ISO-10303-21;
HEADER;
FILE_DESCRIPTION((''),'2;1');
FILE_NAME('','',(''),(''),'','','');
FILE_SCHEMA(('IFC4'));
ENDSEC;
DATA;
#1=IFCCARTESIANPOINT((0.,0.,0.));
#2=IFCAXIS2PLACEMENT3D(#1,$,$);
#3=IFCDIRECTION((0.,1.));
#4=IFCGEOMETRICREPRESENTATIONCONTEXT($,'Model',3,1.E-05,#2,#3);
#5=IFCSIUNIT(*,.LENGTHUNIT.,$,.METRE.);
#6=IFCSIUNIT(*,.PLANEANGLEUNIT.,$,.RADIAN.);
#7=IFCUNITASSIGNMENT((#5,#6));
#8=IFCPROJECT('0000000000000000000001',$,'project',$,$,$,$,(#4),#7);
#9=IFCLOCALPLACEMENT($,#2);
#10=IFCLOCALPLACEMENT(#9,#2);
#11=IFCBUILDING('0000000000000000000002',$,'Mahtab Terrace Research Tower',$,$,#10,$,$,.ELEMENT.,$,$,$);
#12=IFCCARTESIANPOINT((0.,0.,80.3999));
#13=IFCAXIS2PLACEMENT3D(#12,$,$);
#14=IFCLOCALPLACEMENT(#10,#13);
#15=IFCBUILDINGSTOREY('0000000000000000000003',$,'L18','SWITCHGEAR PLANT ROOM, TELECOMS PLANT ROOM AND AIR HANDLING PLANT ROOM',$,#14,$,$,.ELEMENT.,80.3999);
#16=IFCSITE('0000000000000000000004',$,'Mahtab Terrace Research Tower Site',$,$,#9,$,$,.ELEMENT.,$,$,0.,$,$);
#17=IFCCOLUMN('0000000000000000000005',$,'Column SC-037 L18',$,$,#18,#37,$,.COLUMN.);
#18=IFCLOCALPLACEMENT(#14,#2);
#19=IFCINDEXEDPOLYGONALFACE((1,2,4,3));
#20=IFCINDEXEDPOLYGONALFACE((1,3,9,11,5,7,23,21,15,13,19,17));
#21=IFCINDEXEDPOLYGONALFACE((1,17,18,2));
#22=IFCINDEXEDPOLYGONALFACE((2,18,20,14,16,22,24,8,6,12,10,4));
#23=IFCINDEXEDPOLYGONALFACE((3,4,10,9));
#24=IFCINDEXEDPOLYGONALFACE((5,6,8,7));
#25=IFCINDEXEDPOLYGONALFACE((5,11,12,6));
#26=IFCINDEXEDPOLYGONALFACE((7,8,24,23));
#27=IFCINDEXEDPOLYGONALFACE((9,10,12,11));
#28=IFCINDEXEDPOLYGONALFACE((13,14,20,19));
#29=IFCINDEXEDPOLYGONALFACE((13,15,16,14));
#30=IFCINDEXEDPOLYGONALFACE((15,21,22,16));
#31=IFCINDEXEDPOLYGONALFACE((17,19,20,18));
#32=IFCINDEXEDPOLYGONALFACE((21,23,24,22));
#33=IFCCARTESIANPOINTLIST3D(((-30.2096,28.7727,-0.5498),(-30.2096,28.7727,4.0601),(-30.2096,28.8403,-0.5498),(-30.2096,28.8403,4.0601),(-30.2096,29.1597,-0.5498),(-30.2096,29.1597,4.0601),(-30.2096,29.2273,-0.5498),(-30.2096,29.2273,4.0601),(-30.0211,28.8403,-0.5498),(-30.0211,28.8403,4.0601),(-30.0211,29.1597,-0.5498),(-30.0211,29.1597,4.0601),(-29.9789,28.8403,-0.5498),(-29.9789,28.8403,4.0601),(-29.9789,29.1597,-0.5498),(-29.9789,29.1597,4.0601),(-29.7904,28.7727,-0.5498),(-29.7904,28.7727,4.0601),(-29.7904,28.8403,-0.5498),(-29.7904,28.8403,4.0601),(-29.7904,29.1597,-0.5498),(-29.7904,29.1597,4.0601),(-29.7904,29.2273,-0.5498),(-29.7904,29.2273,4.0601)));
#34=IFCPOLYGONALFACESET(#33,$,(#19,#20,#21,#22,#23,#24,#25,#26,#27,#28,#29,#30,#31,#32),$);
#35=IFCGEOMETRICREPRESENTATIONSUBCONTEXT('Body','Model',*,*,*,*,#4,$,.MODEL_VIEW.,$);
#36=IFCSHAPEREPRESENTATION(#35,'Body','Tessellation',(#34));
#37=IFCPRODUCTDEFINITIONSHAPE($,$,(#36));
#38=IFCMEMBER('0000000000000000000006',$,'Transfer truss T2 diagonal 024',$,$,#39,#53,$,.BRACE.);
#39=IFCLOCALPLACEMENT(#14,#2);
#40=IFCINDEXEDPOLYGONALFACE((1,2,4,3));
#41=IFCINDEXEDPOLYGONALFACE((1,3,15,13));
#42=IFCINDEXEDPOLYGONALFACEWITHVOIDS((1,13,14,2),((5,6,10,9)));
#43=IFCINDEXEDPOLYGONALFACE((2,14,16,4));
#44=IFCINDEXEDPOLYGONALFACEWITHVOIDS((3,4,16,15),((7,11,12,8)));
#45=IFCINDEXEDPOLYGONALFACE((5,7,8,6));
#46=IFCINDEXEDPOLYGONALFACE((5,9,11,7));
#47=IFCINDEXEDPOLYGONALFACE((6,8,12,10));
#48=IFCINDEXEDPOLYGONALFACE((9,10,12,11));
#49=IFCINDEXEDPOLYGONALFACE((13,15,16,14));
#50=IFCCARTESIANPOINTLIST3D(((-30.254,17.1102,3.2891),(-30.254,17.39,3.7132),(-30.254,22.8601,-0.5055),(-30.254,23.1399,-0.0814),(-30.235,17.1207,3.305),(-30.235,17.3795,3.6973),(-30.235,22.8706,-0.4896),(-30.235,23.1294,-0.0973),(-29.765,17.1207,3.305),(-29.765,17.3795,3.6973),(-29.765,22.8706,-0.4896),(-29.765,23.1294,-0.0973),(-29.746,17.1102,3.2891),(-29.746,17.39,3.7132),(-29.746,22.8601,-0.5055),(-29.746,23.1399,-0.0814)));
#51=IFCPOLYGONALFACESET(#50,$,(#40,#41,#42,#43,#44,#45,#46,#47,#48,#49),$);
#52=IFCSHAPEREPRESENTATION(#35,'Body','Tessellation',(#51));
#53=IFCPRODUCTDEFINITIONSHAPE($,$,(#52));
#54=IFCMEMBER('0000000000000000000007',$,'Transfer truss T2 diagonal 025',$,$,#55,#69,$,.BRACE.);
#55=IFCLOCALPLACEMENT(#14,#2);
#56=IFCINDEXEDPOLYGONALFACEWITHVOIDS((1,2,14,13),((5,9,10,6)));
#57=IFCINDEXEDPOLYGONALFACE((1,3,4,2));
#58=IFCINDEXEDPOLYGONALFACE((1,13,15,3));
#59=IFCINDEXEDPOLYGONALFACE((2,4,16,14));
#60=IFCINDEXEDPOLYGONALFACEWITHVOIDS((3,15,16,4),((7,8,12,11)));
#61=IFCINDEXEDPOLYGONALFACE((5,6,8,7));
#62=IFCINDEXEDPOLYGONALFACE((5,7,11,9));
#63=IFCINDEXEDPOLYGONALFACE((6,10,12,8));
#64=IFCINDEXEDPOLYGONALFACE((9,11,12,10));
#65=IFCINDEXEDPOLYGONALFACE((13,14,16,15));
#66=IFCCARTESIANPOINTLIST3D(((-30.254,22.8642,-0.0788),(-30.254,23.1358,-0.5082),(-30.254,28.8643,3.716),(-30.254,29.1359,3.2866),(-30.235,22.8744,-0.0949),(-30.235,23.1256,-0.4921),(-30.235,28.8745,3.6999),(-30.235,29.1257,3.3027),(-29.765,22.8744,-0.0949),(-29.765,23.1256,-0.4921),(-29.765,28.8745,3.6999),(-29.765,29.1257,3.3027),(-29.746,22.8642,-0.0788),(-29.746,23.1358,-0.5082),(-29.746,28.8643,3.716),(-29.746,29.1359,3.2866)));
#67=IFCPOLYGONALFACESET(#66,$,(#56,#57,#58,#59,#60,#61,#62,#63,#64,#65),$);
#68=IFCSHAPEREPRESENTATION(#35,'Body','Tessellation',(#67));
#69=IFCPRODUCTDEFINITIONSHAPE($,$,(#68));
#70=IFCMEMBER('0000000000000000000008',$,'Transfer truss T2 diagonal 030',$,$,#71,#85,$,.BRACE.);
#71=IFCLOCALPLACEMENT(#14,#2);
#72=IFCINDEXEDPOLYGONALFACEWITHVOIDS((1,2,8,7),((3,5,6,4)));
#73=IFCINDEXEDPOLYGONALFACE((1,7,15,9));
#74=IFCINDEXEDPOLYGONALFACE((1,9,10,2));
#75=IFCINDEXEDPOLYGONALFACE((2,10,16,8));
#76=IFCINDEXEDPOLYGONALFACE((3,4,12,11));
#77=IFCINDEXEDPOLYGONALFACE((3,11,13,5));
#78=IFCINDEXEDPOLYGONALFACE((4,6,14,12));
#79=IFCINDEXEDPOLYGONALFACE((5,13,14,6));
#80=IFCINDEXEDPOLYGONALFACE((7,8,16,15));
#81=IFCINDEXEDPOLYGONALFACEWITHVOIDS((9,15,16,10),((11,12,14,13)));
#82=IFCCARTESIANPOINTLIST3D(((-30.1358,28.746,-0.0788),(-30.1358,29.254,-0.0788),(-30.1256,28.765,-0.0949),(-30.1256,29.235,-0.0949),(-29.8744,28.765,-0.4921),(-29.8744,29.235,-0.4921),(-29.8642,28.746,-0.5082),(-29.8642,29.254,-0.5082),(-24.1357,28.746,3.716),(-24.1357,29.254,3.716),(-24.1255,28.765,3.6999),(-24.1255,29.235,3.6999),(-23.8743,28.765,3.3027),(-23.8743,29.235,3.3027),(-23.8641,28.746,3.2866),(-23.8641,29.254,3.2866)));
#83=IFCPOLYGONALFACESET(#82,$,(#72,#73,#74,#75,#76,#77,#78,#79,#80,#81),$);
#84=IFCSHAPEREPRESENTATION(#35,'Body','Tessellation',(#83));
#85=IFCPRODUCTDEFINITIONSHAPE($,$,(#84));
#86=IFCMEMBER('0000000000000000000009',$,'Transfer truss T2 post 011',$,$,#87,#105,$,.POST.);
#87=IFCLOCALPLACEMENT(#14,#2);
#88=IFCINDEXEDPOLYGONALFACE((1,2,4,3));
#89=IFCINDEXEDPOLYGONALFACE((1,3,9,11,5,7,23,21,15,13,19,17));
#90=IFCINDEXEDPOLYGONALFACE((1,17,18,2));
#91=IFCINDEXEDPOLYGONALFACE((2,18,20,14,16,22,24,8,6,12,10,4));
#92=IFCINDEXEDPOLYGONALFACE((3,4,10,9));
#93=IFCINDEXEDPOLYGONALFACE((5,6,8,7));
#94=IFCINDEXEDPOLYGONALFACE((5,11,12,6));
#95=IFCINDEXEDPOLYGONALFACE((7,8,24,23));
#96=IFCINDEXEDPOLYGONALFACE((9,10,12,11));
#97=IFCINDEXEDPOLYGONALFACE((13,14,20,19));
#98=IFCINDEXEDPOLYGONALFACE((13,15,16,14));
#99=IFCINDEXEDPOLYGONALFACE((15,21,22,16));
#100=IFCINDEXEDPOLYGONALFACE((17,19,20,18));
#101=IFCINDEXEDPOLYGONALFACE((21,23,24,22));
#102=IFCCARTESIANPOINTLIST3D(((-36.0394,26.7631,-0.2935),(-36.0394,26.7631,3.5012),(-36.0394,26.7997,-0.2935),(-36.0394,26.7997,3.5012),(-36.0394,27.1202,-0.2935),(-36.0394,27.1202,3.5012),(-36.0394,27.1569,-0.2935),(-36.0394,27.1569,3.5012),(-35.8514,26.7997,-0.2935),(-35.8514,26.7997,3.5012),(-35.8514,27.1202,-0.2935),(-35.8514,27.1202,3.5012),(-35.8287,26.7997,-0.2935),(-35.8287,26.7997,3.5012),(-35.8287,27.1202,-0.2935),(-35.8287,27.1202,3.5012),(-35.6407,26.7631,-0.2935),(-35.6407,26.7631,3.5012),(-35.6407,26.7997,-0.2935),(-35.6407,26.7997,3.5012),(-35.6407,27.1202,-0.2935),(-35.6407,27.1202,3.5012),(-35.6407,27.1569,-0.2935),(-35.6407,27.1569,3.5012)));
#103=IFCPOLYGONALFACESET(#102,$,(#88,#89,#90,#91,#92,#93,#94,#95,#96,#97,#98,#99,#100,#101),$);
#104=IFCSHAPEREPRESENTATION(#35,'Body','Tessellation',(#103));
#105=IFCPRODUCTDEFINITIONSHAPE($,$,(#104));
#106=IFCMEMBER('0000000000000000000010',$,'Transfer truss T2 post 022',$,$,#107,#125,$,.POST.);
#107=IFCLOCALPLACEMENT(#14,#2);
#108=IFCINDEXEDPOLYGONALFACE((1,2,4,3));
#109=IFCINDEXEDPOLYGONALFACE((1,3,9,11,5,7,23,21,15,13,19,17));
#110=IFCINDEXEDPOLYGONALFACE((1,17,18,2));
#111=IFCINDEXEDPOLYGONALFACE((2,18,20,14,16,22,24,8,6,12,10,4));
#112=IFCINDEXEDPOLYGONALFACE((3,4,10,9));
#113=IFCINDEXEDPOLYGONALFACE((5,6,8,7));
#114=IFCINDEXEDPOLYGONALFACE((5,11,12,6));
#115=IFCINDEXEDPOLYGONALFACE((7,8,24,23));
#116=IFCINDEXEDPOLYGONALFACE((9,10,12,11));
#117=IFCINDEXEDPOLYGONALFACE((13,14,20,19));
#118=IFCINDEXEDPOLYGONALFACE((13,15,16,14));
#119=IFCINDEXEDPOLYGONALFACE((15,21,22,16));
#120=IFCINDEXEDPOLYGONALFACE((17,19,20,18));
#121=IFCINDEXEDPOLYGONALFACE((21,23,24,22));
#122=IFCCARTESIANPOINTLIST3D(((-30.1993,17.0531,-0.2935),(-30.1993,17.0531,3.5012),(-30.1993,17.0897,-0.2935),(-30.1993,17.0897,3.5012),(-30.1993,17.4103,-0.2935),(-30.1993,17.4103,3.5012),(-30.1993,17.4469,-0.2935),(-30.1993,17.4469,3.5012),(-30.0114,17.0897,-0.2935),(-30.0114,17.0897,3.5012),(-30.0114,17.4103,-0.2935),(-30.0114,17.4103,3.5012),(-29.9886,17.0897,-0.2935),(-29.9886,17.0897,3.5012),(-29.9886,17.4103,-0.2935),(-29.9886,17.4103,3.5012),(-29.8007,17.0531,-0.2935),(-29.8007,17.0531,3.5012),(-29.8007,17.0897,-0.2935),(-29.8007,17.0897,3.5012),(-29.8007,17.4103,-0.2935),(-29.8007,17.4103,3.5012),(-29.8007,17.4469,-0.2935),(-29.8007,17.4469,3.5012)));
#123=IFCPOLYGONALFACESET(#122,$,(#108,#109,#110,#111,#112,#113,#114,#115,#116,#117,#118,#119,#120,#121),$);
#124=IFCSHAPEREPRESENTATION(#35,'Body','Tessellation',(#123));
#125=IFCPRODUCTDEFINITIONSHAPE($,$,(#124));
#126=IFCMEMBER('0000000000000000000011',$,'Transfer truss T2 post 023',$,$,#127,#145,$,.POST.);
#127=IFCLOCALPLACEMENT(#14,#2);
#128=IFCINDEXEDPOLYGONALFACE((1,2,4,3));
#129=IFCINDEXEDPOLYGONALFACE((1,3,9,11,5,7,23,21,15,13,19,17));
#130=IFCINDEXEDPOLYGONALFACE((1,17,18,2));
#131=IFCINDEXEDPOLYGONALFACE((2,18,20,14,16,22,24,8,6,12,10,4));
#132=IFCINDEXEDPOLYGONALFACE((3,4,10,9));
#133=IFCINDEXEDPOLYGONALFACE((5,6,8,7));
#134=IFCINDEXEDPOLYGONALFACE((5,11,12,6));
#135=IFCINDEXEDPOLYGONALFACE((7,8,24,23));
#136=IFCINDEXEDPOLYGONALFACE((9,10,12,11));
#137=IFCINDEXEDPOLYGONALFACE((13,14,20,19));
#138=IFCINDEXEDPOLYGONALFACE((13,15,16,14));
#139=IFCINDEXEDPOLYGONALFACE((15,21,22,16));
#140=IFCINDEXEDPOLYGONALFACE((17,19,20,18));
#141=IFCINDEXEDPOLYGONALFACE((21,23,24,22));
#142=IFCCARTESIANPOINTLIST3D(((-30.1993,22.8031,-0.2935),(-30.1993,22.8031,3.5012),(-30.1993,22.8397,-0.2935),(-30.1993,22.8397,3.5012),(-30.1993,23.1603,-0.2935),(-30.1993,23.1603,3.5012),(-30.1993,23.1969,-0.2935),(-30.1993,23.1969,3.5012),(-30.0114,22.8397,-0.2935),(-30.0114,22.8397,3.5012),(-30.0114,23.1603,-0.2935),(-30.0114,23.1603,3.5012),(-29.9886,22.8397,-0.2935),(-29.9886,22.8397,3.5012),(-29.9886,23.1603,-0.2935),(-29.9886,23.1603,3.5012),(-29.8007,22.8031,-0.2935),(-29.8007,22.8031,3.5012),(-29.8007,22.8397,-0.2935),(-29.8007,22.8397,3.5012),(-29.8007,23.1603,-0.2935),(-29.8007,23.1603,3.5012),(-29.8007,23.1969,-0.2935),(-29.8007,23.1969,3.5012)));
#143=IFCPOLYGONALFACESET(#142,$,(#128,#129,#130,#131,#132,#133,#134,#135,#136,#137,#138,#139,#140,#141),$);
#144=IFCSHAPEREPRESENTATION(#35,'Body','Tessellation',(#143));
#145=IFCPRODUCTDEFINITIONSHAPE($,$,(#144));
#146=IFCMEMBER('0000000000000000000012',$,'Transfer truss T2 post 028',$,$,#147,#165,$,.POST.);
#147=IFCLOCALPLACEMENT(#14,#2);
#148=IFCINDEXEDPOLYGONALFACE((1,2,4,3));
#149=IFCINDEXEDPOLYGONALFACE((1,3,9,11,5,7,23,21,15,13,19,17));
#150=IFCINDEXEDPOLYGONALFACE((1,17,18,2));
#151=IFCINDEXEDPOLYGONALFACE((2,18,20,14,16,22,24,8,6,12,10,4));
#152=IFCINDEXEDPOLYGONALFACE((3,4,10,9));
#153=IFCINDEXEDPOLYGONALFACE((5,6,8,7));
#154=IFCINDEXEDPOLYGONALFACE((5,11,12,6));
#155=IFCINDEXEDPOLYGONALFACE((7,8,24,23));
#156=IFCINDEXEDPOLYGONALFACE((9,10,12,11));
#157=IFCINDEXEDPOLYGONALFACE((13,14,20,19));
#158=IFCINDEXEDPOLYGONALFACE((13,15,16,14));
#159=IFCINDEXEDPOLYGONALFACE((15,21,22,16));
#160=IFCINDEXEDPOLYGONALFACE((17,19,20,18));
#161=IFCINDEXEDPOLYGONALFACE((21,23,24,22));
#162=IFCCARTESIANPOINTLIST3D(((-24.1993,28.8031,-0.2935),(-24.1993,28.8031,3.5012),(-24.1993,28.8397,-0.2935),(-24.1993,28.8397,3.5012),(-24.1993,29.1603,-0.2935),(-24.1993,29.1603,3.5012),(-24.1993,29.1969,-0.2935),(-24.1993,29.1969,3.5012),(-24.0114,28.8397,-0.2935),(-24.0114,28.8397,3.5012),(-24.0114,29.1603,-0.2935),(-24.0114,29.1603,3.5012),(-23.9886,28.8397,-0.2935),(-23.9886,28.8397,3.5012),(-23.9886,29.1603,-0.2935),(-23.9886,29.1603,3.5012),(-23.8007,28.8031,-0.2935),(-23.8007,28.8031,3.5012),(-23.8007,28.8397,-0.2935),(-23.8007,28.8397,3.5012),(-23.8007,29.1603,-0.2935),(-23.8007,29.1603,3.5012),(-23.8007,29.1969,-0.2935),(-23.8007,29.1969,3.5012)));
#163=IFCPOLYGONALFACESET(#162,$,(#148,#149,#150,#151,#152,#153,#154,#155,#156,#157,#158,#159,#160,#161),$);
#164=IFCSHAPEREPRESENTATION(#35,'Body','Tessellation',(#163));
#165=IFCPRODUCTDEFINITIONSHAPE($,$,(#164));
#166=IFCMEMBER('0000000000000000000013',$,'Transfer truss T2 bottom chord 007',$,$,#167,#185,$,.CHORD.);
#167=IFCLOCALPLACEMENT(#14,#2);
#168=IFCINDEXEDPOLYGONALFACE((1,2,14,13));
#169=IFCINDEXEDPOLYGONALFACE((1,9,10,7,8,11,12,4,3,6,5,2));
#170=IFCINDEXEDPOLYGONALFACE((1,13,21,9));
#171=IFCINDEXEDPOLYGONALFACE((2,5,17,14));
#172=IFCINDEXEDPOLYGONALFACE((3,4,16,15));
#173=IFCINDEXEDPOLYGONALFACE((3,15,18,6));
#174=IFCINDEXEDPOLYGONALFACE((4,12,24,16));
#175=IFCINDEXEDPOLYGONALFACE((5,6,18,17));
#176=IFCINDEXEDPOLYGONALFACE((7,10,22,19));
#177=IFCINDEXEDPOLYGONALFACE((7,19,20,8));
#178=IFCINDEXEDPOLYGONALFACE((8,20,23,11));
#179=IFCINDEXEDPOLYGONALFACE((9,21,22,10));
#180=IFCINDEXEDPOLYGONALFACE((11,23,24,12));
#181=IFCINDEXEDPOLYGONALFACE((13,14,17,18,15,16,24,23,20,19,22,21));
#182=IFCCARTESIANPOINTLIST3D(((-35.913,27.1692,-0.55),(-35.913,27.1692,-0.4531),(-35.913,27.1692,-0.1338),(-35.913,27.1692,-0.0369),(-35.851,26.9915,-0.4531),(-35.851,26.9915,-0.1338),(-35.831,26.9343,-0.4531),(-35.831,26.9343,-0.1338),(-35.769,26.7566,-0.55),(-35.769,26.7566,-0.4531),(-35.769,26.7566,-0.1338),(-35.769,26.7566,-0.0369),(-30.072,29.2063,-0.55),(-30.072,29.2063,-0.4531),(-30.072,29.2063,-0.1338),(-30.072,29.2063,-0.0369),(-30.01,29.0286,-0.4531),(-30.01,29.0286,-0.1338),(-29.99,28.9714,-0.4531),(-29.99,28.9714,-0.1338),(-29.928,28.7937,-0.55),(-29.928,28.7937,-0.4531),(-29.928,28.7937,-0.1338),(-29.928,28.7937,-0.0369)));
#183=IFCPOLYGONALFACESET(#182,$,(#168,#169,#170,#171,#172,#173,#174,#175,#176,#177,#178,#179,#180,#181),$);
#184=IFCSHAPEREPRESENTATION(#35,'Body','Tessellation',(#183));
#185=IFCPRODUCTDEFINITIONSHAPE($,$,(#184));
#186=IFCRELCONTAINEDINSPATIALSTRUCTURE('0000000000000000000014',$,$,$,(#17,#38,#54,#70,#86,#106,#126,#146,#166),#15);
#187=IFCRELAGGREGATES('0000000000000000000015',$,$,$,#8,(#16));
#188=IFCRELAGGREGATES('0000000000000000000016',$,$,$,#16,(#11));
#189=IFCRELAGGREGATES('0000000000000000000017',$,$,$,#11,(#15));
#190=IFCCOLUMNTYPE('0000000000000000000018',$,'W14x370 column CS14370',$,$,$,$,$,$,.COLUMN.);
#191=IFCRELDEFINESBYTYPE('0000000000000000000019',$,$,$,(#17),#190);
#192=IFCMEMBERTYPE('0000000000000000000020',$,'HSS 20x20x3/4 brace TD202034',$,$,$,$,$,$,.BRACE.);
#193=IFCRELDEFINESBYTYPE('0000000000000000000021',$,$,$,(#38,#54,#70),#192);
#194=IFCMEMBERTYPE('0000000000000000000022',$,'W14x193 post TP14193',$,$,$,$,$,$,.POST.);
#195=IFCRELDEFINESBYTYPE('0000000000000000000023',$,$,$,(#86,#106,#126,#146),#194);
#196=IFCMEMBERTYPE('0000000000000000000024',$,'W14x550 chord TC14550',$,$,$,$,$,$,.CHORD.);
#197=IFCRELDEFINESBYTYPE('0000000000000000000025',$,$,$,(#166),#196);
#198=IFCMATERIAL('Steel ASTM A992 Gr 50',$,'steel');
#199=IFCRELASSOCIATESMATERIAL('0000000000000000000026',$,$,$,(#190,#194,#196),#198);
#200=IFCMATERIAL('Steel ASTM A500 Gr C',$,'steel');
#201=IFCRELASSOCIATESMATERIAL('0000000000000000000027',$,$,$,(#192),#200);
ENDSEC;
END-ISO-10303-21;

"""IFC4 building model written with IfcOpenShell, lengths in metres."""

from ifc_helpers import new_model, si_unit, direction, frame, origin, origin_2d, place, context, subcontext, project, spatial, hollow_rectangle, i_section, extrude, material, material_profile, profile_set, type_object, element, save


model = new_model("IFC4")

# Units and contexts
model_context = context("Model", 3, precision=1e-05, world=origin(), true_north=direction((0.0, 1.0)))
body_context = subcontext(model_context, "Body", "Model", "MODEL_VIEW")
ifc_project = project(units=[si_unit("LENGTHUNIT", "METRE"), si_unit("PLANEANGLEUNIT", "RADIAN")], contexts=[model_context])

# Site, building, storey
site_placement = place(None, origin())
site = spatial("IfcSite", under=ifc_project, at=site_placement, Name="Mahtab Terrace Research Tower Site", CompositionType="ELEMENT", RefElevation=0.0)
building_placement = place(site_placement, origin())
building = spatial("IfcBuilding", under=site, at=building_placement, Name="Mahtab Terrace Research Tower", CompositionType="ELEMENT")
storey_placement = place(building_placement, frame((0.0, 0.0, 80.3999)))
storey = spatial("IfcBuildingStorey", under=building, at=storey_placement, Name="L18", Description="SWITCHGEAR PLANT ROOM, TELECOMS PLANT ROOM AND AIR HANDLING PLANT ROOM", CompositionType="ELEMENT", Elevation=80.3999)

# Column
ifc_material_1 = material(Name="Steel ASTM A992 Gr 50", Category="steel")
ifc_material_profile_1 = material_profile(ifc_material_1, i_section(OverallWidth=0.4192, OverallDepth=0.4546, WebThickness=0.0422, FlangeThickness=0.0676, at=origin_2d()), Name="W14X370")
ifc_profile_set_1 = profile_set([ifc_material_profile_1], Name="Steel ASTM A992 Gr 50")
column_type = type_object("IfcColumnType", Name="W14x370 column CS14370", PredefinedType="COLUMN", material=ifc_profile_set_1)
column_placement = place(storey_placement, frame((-30.0, 29.0, -0.5498), z_axis=(0.0, 0.0, 1.0), x_axis=(1.0, 0.0, 0.0)))
element("IfcColumn", 1, at=column_placement, inside=storey, type_object=column_type, Name="Column SC-037 L18", PredefinedType="COLUMN", context=body_context, shape_type="SweptSolid", body=[
    extrude(i_section(OverallWidth=0.4192, OverallDepth=0.4546, WebThickness=0.0422, FlangeThickness=0.0676, at=origin_2d()), origin(), (0.0, 0.0, 1.0), 4.6099),
])

# Members
ifc_material_2 = material(Name="Steel ASTM A500 Gr C", Category="steel")
ifc_material_profile_2 = material_profile(ifc_material_2, hollow_rectangle(XDim=0.5081, YDim=0.5081, WallThickness=0.019, at=origin_2d()), Name="HSS20X20X3/4")
ifc_profile_set_2 = profile_set([ifc_material_profile_2], Name="Steel ASTM A500 Gr C")
member_type_1 = type_object("IfcMemberType", Name="HSS 20x20x3/4 brace TD202034", PredefinedType="BRACE", material=ifc_profile_set_2)
member_1_placement = place(storey_placement, frame((-30.0, 23.0, -0.2935), z_axis=(0.0, -0.834631, 0.55081), x_axis=(1.0, 0.0, 0.0)))
element("IfcMember", 2, at=member_1_placement, inside=storey, type_object=member_type_1, Name="Transfer truss T2 diagonal 024", PredefinedType="BRACE", context=body_context, shape_type="SweptSolid", body=[
    extrude(hollow_rectangle(XDim=0.5081, YDim=0.5081, WallThickness=0.019, at=origin_2d()), origin(), (0.0, 0.0, 1.0), 6.8892),
])
for number, where, z_axis, x_axis, name in (
    (3, (-30.0, 23.0, -0.2935), (0.0, 0.845158, 0.534517), (-1.0, 0.0, 0.0), "Transfer truss T2 diagonal 025"),
    (4, (-30.0, 29.0, -0.2935), (0.845158, 0.0, 0.534517), (0.0, 1.0, 0.0), "Transfer truss T2 diagonal 030"),
):
    element("IfcMember", number, at=place(storey_placement, frame(where, z_axis=z_axis, x_axis=x_axis)), inside=storey, type_object=member_type_1, Name=name, PredefinedType="BRACE", context=body_context, shape_type="SweptSolid", body=[
        extrude(hollow_rectangle(XDim=0.5081, YDim=0.5081, WallThickness=0.019, at=origin_2d()), origin(), (0.0, 0.0, 1.0), 7.0994),
    ])
ifc_material_profile_3 = material_profile(ifc_material_1, i_section(OverallWidth=0.3987, OverallDepth=0.3938, WebThickness=0.0227, FlangeThickness=0.0366, at=origin_2d()), Name="W14X193")
ifc_profile_set_3 = profile_set([ifc_material_profile_3], Name="Steel ASTM A992 Gr 50")
member_type_2 = type_object("IfcMemberType", Name="W14x193 post TP14193", PredefinedType="POST", material=ifc_profile_set_3)
for number, where, z_axis, x_axis, name in (
    (5, (-35.8401, 26.96, -0.2935), (0.0, 0.0, 1.0), (1.0, 0.0, 0.0), "Transfer truss T2 post 011"),
    (6, (-30.0, 17.25, -0.2935), (0.0, 0.0, 1.0), (1.0, 0.0, 0.0), "Transfer truss T2 post 022"),
    (7, (-30.0, 23.0, -0.2935), (0.0, 0.0, 1.0), (1.0, 0.0, 0.0), "Transfer truss T2 post 023"),
    (8, (-24.0, 29.0, -0.2935), (0.0, 0.0, 1.0), (1.0, 0.0, 0.0), "Transfer truss T2 post 028"),
):
    element("IfcMember", number, at=place(storey_placement, frame(where, z_axis=z_axis, x_axis=x_axis)), inside=storey, type_object=member_type_2, Name=name, PredefinedType="POST", context=body_context, shape_type="SweptSolid", body=[
        extrude(i_section(OverallWidth=0.3987, OverallDepth=0.3938, WebThickness=0.0227, FlangeThickness=0.0366, at=origin_2d()), origin(), (0.0, 0.0, 1.0), 3.7947),
    ])
ifc_material_profile_4 = material_profile(ifc_material_1, i_section(OverallWidth=0.437, OverallDepth=0.5132, WebThickness=0.0605, FlangeThickness=0.0969, at=origin_2d()), Name="W14X550")
ifc_profile_set_4 = profile_set([ifc_material_profile_4], Name="Steel ASTM A992 Gr 50")
member_type_3 = type_object("IfcMemberType", Name="W14x550 chord TC14550", PredefinedType="CHORD", material=ifc_profile_set_4)
member_2_placement = place(storey_placement, frame((-30.0, 29.0, -0.2935), z_axis=(-0.944224, -0.329304, 0.0), x_axis=(0.329304, -0.944224, 0.0)))
element("IfcMember", 9, at=member_2_placement, inside=storey, type_object=member_type_3, Name="Transfer truss T2 bottom chord 007", PredefinedType="CHORD", context=body_context, shape_type="SweptSolid", body=[
    extrude(i_section(OverallWidth=0.437, OverallDepth=0.5132, WebThickness=0.0605, FlangeThickness=0.0969, at=origin_2d()), origin(), (0.0, 0.0, 1.0), 6.186),
])

save(model, "model.ifc")
